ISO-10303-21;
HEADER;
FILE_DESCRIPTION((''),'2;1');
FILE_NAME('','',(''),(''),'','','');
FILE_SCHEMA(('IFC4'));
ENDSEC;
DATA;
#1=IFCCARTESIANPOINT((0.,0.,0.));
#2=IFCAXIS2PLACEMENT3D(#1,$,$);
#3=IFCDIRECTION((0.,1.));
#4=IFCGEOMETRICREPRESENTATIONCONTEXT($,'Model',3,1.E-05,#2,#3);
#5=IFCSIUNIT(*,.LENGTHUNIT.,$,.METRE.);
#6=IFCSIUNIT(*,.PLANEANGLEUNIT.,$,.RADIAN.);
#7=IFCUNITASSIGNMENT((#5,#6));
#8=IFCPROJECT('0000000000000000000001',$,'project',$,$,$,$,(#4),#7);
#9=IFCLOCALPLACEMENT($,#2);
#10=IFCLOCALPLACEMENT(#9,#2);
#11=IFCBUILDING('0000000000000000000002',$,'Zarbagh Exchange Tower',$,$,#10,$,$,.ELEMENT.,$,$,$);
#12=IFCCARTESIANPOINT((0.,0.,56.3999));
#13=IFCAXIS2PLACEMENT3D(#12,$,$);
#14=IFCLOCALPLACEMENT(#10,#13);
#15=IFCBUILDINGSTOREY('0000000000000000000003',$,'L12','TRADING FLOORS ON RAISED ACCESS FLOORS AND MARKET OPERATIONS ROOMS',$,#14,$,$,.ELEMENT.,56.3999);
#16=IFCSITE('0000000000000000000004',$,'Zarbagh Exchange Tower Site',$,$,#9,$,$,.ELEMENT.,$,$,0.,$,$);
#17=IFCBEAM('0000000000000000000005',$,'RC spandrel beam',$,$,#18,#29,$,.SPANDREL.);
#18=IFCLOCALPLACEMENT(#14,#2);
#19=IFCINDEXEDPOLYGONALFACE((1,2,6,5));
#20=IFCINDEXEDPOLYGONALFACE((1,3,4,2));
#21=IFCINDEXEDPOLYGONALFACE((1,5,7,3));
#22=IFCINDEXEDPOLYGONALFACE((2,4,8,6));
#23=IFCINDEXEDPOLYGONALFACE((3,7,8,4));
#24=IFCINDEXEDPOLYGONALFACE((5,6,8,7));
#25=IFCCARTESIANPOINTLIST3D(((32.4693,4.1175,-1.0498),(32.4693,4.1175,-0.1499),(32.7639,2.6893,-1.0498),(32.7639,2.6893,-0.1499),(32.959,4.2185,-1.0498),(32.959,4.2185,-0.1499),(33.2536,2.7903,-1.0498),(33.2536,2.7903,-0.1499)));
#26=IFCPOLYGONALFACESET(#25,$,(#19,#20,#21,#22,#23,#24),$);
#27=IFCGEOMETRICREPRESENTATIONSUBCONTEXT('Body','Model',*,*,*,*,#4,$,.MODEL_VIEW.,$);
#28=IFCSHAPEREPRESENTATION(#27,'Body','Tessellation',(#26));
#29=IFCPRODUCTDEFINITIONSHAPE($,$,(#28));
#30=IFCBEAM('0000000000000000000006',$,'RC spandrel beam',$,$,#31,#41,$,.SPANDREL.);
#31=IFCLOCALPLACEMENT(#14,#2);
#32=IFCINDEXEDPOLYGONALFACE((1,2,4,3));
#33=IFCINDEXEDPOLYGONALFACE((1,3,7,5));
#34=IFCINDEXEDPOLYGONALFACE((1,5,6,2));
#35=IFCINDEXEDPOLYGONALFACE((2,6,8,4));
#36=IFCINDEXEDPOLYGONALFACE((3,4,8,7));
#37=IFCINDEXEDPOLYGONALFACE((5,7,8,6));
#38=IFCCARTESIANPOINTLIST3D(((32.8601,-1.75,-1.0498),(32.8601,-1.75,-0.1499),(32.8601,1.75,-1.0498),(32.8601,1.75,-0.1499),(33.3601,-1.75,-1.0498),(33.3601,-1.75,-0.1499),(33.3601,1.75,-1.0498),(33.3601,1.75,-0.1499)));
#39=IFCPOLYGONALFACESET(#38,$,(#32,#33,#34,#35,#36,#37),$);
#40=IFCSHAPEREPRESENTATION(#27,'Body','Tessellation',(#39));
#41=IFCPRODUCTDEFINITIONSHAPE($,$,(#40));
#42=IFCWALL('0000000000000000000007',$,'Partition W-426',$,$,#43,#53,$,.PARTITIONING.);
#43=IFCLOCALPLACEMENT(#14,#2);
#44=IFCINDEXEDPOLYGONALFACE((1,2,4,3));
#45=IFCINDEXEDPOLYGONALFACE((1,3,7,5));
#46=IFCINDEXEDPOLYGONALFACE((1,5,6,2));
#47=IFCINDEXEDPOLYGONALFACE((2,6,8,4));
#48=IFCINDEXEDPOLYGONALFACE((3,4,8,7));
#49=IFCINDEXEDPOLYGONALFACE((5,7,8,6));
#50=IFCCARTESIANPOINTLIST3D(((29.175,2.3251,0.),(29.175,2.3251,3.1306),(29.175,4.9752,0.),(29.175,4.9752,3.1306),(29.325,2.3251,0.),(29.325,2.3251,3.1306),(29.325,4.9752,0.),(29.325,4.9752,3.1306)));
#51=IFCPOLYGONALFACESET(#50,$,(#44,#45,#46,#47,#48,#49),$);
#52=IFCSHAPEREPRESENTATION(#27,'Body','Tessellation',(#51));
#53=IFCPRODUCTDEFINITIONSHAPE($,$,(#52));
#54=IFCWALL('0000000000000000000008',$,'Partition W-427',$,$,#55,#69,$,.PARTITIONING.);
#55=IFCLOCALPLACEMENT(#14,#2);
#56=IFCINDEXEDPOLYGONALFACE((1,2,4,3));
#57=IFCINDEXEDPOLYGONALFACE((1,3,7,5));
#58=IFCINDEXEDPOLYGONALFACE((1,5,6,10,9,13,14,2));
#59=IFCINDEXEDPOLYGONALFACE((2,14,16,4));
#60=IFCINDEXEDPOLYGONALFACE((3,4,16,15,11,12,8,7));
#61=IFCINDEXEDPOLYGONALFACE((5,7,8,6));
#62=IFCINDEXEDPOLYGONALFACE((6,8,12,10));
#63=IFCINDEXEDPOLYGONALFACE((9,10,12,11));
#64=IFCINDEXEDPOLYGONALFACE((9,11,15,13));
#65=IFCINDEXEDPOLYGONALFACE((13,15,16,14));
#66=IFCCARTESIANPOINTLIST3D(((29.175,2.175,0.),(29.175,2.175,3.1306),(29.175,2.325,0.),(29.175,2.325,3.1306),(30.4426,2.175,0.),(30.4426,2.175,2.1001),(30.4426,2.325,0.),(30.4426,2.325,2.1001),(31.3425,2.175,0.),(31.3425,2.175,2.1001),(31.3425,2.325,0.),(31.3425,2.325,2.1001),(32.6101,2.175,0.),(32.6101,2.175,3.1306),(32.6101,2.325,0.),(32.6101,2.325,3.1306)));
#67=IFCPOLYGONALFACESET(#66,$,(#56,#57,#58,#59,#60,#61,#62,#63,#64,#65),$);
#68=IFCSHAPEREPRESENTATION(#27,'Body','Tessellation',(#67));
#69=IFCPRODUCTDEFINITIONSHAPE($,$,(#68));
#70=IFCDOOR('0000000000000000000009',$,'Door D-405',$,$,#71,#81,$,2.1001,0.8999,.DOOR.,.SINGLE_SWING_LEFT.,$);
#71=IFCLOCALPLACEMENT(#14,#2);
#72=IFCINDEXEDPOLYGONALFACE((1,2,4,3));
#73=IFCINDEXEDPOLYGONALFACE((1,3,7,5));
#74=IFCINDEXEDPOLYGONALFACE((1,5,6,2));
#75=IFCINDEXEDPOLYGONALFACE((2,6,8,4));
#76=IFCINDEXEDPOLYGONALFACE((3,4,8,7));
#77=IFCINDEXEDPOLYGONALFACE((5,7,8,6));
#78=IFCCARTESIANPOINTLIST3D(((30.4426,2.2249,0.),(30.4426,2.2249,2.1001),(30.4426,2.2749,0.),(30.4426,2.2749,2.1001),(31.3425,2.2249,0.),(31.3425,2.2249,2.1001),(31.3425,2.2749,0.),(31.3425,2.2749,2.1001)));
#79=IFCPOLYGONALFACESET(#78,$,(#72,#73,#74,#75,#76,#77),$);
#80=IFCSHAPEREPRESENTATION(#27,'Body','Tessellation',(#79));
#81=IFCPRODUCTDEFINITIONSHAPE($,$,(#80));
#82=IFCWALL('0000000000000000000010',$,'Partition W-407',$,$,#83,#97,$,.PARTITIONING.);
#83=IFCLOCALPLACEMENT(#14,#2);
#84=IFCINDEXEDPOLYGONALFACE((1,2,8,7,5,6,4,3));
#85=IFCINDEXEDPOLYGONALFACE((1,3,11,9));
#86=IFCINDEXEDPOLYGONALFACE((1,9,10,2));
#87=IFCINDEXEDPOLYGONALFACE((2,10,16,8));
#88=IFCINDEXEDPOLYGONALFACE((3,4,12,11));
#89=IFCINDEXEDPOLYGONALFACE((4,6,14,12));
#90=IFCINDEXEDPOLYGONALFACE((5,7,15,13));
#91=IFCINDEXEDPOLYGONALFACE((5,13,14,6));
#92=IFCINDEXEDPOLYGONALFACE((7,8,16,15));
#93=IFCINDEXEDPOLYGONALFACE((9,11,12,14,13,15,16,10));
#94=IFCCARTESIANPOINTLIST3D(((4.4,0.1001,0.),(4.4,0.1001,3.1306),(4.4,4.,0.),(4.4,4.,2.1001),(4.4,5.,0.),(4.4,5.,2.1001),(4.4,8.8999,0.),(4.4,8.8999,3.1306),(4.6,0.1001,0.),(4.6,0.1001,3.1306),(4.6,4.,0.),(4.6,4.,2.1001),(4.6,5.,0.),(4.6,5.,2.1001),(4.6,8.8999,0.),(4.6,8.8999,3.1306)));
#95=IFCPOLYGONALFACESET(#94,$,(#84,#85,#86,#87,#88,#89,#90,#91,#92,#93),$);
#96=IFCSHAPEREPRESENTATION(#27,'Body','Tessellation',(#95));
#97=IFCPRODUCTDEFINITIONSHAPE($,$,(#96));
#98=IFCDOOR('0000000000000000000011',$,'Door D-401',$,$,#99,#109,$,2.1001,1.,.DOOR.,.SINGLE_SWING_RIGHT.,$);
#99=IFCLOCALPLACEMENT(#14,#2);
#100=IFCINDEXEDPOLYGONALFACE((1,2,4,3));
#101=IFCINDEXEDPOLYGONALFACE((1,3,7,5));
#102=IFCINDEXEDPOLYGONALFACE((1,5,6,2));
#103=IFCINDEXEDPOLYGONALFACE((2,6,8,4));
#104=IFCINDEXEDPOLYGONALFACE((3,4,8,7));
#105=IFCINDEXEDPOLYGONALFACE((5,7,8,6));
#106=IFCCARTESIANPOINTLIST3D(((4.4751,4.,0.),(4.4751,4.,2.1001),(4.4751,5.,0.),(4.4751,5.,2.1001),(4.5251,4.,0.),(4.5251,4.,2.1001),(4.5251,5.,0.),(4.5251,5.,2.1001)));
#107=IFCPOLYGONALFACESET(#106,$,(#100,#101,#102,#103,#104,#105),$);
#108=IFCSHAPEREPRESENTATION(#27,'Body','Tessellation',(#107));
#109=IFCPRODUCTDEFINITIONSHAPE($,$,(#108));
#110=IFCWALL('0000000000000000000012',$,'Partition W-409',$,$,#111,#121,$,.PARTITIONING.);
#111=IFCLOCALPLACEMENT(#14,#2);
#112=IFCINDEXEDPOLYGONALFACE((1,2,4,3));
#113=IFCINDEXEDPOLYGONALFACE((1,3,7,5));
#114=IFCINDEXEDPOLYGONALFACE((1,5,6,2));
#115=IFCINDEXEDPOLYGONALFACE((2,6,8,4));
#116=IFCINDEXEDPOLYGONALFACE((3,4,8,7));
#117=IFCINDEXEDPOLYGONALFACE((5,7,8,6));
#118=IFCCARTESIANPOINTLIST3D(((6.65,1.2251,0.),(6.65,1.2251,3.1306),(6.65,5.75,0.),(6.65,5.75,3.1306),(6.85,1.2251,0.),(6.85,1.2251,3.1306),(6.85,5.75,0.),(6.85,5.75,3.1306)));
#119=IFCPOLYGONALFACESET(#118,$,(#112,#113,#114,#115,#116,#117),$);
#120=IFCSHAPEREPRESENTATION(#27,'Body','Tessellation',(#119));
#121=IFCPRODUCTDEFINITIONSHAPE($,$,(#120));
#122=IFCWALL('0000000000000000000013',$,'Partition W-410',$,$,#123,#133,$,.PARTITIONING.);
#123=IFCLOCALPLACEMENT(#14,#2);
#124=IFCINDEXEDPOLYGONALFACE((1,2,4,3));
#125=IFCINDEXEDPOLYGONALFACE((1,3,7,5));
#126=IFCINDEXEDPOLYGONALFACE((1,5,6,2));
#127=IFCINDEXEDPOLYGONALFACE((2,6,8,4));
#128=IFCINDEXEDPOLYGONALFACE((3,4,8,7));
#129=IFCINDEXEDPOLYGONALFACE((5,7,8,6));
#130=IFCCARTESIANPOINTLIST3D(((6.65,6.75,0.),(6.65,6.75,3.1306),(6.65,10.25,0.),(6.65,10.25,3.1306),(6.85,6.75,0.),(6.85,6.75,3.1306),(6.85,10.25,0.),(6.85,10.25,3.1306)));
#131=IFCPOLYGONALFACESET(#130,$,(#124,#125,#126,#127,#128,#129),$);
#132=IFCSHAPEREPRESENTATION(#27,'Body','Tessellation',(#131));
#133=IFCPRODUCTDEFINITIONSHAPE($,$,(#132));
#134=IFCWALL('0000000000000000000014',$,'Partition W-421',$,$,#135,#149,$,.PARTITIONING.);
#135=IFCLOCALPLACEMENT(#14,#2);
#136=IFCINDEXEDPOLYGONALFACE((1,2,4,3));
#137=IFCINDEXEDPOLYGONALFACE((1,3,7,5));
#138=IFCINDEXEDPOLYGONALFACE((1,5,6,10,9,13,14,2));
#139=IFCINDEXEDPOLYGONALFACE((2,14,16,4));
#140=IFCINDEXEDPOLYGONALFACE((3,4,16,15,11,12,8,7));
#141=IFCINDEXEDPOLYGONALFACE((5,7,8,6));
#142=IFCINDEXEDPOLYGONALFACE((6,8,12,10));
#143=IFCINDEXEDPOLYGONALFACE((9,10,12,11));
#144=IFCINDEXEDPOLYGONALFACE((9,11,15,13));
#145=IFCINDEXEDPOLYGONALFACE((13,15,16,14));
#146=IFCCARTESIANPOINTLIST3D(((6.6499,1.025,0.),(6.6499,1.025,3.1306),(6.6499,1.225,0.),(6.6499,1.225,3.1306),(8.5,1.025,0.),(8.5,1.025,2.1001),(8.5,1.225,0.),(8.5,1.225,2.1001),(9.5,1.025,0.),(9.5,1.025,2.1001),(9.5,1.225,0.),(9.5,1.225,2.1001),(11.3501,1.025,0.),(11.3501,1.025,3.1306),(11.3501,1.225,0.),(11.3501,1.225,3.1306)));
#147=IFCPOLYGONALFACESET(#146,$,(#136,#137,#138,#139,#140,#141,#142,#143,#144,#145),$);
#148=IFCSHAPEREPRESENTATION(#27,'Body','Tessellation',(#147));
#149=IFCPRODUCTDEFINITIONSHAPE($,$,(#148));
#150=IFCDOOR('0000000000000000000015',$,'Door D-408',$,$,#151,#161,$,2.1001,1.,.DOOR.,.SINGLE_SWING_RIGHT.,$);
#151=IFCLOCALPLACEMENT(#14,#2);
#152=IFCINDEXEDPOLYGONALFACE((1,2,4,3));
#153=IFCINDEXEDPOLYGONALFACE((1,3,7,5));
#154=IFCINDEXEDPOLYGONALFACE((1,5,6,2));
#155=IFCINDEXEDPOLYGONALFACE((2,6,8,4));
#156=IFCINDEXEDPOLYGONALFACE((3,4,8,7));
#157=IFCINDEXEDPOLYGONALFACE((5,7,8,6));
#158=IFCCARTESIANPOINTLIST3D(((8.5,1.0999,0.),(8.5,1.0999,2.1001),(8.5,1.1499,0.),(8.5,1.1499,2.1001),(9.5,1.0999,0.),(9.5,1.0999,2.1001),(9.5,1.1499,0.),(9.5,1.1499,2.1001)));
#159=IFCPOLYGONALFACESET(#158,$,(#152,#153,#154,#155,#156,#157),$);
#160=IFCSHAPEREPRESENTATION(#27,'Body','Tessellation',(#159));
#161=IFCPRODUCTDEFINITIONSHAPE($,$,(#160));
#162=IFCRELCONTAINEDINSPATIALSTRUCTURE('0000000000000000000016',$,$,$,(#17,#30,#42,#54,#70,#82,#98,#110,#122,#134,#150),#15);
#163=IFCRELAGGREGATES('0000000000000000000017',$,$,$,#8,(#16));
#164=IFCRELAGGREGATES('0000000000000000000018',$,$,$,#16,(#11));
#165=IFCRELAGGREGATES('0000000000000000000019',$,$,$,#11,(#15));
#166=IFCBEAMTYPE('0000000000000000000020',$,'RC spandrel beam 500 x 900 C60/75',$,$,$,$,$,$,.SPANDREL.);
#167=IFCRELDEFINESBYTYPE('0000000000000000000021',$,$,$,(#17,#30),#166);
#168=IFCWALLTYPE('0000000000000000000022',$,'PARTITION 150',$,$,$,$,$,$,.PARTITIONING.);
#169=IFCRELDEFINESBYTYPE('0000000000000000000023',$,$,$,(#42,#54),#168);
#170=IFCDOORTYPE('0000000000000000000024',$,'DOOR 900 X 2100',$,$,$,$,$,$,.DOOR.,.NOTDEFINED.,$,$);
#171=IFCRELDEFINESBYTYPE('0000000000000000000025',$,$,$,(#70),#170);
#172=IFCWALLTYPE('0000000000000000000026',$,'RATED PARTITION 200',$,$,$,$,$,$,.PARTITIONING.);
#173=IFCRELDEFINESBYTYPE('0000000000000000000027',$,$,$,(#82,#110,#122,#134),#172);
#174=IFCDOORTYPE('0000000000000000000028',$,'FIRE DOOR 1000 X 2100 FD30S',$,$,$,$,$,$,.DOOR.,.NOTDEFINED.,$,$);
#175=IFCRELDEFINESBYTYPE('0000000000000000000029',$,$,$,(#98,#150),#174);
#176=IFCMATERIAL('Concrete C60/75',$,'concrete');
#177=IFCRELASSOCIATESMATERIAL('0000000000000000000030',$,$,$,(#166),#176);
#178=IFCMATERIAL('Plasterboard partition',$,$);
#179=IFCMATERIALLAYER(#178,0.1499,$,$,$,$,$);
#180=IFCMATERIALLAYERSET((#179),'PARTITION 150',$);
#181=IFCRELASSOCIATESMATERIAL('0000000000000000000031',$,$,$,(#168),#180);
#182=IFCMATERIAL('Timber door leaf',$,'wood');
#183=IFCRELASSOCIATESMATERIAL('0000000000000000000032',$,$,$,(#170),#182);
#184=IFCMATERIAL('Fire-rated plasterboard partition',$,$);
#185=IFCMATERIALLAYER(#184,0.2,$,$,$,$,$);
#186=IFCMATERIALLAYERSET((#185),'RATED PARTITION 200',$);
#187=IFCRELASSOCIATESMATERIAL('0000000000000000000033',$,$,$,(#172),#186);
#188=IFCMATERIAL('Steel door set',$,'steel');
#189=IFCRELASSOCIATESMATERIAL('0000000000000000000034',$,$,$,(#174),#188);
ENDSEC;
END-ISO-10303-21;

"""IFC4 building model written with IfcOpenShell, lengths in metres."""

from ifc_helpers import new_model, si_unit, direction, frame, frame_2d, origin, origin_2d, place, context, subcontext, project, spatial, rectangle, extrude, material, layer, layer_set, material_profile, profile_set, type_object, element, fill, save


model = new_model("IFC4")

# Units and contexts
model_context = context("Model", 3, precision=1e-05, world=origin(), true_north=direction((0.0, 1.0)))
body_context = subcontext(model_context, "Body", "Model", "MODEL_VIEW")
ifc_project = project(units=[si_unit("LENGTHUNIT", "METRE"), si_unit("PLANEANGLEUNIT", "RADIAN")], contexts=[model_context])

# Site, building, storey
site_placement = place(None, origin())
site = spatial("IfcSite", under=ifc_project, at=site_placement, Name="Zarbagh Exchange Tower Site", CompositionType="ELEMENT", RefElevation=0.0)
building_placement = place(site_placement, origin())
building = spatial("IfcBuilding", under=site, at=building_placement, Name="Zarbagh Exchange Tower", CompositionType="ELEMENT")
storey_placement = place(building_placement, frame((0.0, 0.0, 56.3999)))
storey = spatial("IfcBuildingStorey", under=building, at=storey_placement, Name="L12", Description="TRADING FLOORS ON RAISED ACCESS FLOORS AND MARKET OPERATIONS ROOMS", CompositionType="ELEMENT", Elevation=56.3999)

# Shared definitions
ifc_material_1 = material(Name="Concrete C60/75", Category="concrete")

# Beams
ifc_material_profile_1 = material_profile(ifc_material_1, rectangle(XDim=0.5, YDim=0.8999, at=origin_2d()), Name="RC spandrel beam 500 x 900 C60/75")
ifc_profile_set_1 = profile_set([ifc_material_profile_1], Name="Concrete C60/75")
beam_type_1 = type_object("IfcBeamType", Name="RC spandrel beam 500 x 900 C60/75", PredefinedType="SPANDREL", material=ifc_profile_set_1)
beam_1_placement = place(storey_placement, frame((32.7141, 4.168, -0.5999), z_axis=(0.202069, -0.979371, 0.0), x_axis=(0.979371, 0.202069, 0.0)))
element("IfcBeam", 1, at=beam_1_placement, inside=storey, type_object=beam_type_1, Name="RC spandrel beam", PredefinedType="SPANDREL", context=body_context, shape_type="SweptSolid", body=[
    extrude(rectangle(XDim=0.5, YDim=0.8999, at=origin_2d()), origin(), (0.0, 0.0, 1.0), 1.4583),
])
beam_2_placement = place(storey_placement, frame((33.1101, 1.75, -0.5999), z_axis=(0.0, -1.0, 0.0), x_axis=(1.0, 0.0, 0.0)))
element("IfcBeam", 2, at=beam_2_placement, inside=storey, type_object=beam_type_1, Name="RC spandrel beam", PredefinedType="SPANDREL", context=body_context, shape_type="SweptSolid", body=[
    extrude(rectangle(XDim=0.5, YDim=0.8999, at=origin_2d()), origin(), (0.0, 0.0, 1.0), 3.5),
])

# Wall
ifc_material_2 = material(Name="Plasterboard partition")
ifc_layer_1 = layer(ifc_material_2, 0.1499)
ifc_layer_set_1 = layer_set([ifc_layer_1], Name="PARTITION 150")
wall_type_1 = type_object("IfcWallType", Name="PARTITION 150", PredefinedType="PARTITIONING", material=ifc_layer_set_1)
wall_1_placement = place(storey_placement, frame((29.25, 2.325, 0.0), z_axis=(0.0, 0.0, 1.0), x_axis=(0.0, 1.0, 0.0)))
element("IfcWall", 3, at=wall_1_placement, inside=storey, type_object=wall_type_1, Name="Partition W-426", PredefinedType="PARTITIONING", context=body_context, shape_type="SweptSolid", body=[
    extrude(rectangle(XDim=2.6501, YDim=0.1499, at=frame_2d((1.3252, 0.0))), origin(), (0.0, 0.0, 1.0), 3.1306),
])

# Walls, openings, doors
wall_2_placement = place(storey_placement, frame((29.175, 2.25, 0.0), z_axis=(0.0, 0.0, 1.0), x_axis=(1.0, 0.0, 0.0)))
wall_2 = element("IfcWall", 4, at=wall_2_placement, inside=storey, type_object=wall_type_1, Name="Partition W-427", PredefinedType="PARTITIONING", context=body_context, shape_type="SweptSolid", body=[
    extrude(rectangle(XDim=3.4351, YDim=0.1499, at=frame_2d((1.7175, 0.0))), origin(), (0.0, 0.0, 1.0), 3.1306),
])
opening_1_placement = place(wall_2_placement, frame((1.2676, 0.0, 0.0)))
opening_1 = element("IfcOpeningElement", 5, at=opening_1_placement, cuts=wall_2, PredefinedType="OPENING", context=body_context, shape_type="SweptSolid", body=[
    extrude(rectangle(XDim=0.8999, YDim=2.1001, at=frame_2d((0.45, 1.05))), frame((0.0, 0.085, 0.0), z_axis=(0.0, -1.0, 0.0), x_axis=(1.0, 0.0, 0.0)), (0.0, 0.0, 1.0), 0.1699),
])
ifc_material_3 = material(Name="Timber door leaf", Category="wood")
door_type_1 = type_object("IfcDoorType", Name="DOOR 900 X 2100", OperationType="NOTDEFINED", PredefinedType="DOOR", material=ifc_material_3)
door_1_placement = place(opening_1_placement, origin())
door_1 = element("IfcDoor", 6, at=door_1_placement, inside=storey, type_object=door_type_1, Name="Door D-405", OperationType="SINGLE_SWING_LEFT", OverallHeight=2.1001, OverallWidth=0.8999, PredefinedType="DOOR", context=body_context, shape_type="SweptSolid", body=[
    extrude(rectangle(XDim=0.8999, YDim=2.1001, at=frame_2d((0.45, 1.05))), frame((0.0, 0.0249, 0.0), z_axis=(0.0, -1.0, 0.0), x_axis=(1.0, 0.0, 0.0)), (0.0, 0.0, 1.0), 0.05),
])
fill(opening_1, door_1)
ifc_material_4 = material(Name="Fire-rated plasterboard partition")
ifc_layer_2 = layer(ifc_material_4, 0.2)
ifc_layer_set_2 = layer_set([ifc_layer_2], Name="RATED PARTITION 200")
wall_type_2 = type_object("IfcWallType", Name="RATED PARTITION 200", PredefinedType="PARTITIONING", material=ifc_layer_set_2)
wall_3_placement = place(storey_placement, frame((4.5, 0.1001, 0.0), z_axis=(0.0, 0.0, 1.0), x_axis=(0.0, 1.0, 0.0)))
wall_3 = element("IfcWall", 7, at=wall_3_placement, inside=storey, type_object=wall_type_2, Name="Partition W-407", PredefinedType="PARTITIONING", context=body_context, shape_type="SweptSolid", body=[
    extrude(rectangle(XDim=8.7998, YDim=0.2, at=frame_2d((4.3999, 0.0))), origin(), (0.0, 0.0, 1.0), 3.1306),
])
opening_2_placement = place(wall_3_placement, frame((3.8999, 0.0, 0.0)))
opening_2 = element("IfcOpeningElement", 8, at=opening_2_placement, cuts=wall_3, PredefinedType="OPENING", context=body_context, shape_type="SweptSolid", body=[
    extrude(rectangle(XDim=1.0, YDim=2.1001, at=frame_2d((0.5, 1.05))), frame((0.0, 0.1099, 0.0), z_axis=(0.0, -1.0, 0.0), x_axis=(1.0, 0.0, 0.0)), (0.0, 0.0, 1.0), 0.22),
])
ifc_material_5 = material(Name="Steel door set", Category="steel")
door_type_2 = type_object("IfcDoorType", Name="FIRE DOOR 1000 X 2100 FD30S", OperationType="NOTDEFINED", PredefinedType="DOOR", material=ifc_material_5)
door_2_placement = place(opening_2_placement, origin())
door_2 = element("IfcDoor", 9, at=door_2_placement, inside=storey, type_object=door_type_2, Name="Door D-401", OperationType="SINGLE_SWING_RIGHT", OverallHeight=2.1001, OverallWidth=1.0, PredefinedType="DOOR", context=body_context, shape_type="SweptSolid", body=[
    extrude(rectangle(XDim=1.0, YDim=2.1001, at=frame_2d((0.5, 1.05))), frame((0.0, 0.0249, 0.0), z_axis=(0.0, -1.0, 0.0), x_axis=(1.0, 0.0, 0.0)), (0.0, 0.0, 1.0), 0.05),
])
fill(opening_2, door_2)

# Walls
wall_4_placement = place(storey_placement, frame((6.75, 1.2251, 0.0), z_axis=(0.0, 0.0, 1.0), x_axis=(0.0, 1.0, 0.0)))
element("IfcWall", 10, at=wall_4_placement, inside=storey, type_object=wall_type_2, Name="Partition W-409", PredefinedType="PARTITIONING", context=body_context, shape_type="SweptSolid", body=[
    extrude(rectangle(XDim=4.5249, YDim=0.2, at=frame_2d((2.2625, 0.0))), origin(), (0.0, 0.0, 1.0), 3.1306),
])
wall_5_placement = place(storey_placement, frame((6.75, 6.75, 0.0), z_axis=(0.0, 0.0, 1.0), x_axis=(0.0, 1.0, 0.0)))
element("IfcWall", 11, at=wall_5_placement, inside=storey, type_object=wall_type_2, Name="Partition W-410", PredefinedType="PARTITIONING", context=body_context, shape_type="SweptSolid", body=[
    extrude(rectangle(XDim=3.5, YDim=0.2, at=frame_2d((1.75, 0.0))), origin(), (0.0, 0.0, 1.0), 3.1306),
])

# Wall, opening, door
wall_6_placement = place(storey_placement, frame((6.6499, 1.125, 0.0), z_axis=(0.0, 0.0, 1.0), x_axis=(1.0, 0.0, 0.0)))
wall_6 = element("IfcWall", 12, at=wall_6_placement, inside=storey, type_object=wall_type_2, Name="Partition W-421", PredefinedType="PARTITIONING", context=body_context, shape_type="SweptSolid", body=[
    extrude(rectangle(XDim=4.7002, YDim=0.2, at=frame_2d((2.3501, 0.0))), origin(), (0.0, 0.0, 1.0), 3.1306),
])
opening_3_placement = place(wall_6_placement, frame((1.8501, 0.0, 0.0)))
opening_3 = element("IfcOpeningElement", 13, at=opening_3_placement, cuts=wall_6, PredefinedType="OPENING", context=body_context, shape_type="SweptSolid", body=[
    extrude(rectangle(XDim=1.0, YDim=2.1001, at=frame_2d((0.5, 1.05))), frame((0.0, 0.1099, 0.0), z_axis=(0.0, -1.0, 0.0), x_axis=(1.0, 0.0, 0.0)), (0.0, 0.0, 1.0), 0.22),
])
door_3_placement = place(opening_3_placement, origin())
door_3 = element("IfcDoor", 14, at=door_3_placement, inside=storey, type_object=door_type_2, Name="Door D-408", OperationType="SINGLE_SWING_RIGHT", OverallHeight=2.1001, OverallWidth=1.0, PredefinedType="DOOR", context=body_context, shape_type="SweptSolid", body=[
    extrude(rectangle(XDim=1.0, YDim=2.1001, at=frame_2d((0.5, 1.05))), frame((0.0, 0.0249, 0.0), z_axis=(0.0, -1.0, 0.0), x_axis=(1.0, 0.0, 0.0)), (0.0, 0.0, 1.0), 0.05),
])
fill(opening_3, door_3)

save(model, "model.ifc")
